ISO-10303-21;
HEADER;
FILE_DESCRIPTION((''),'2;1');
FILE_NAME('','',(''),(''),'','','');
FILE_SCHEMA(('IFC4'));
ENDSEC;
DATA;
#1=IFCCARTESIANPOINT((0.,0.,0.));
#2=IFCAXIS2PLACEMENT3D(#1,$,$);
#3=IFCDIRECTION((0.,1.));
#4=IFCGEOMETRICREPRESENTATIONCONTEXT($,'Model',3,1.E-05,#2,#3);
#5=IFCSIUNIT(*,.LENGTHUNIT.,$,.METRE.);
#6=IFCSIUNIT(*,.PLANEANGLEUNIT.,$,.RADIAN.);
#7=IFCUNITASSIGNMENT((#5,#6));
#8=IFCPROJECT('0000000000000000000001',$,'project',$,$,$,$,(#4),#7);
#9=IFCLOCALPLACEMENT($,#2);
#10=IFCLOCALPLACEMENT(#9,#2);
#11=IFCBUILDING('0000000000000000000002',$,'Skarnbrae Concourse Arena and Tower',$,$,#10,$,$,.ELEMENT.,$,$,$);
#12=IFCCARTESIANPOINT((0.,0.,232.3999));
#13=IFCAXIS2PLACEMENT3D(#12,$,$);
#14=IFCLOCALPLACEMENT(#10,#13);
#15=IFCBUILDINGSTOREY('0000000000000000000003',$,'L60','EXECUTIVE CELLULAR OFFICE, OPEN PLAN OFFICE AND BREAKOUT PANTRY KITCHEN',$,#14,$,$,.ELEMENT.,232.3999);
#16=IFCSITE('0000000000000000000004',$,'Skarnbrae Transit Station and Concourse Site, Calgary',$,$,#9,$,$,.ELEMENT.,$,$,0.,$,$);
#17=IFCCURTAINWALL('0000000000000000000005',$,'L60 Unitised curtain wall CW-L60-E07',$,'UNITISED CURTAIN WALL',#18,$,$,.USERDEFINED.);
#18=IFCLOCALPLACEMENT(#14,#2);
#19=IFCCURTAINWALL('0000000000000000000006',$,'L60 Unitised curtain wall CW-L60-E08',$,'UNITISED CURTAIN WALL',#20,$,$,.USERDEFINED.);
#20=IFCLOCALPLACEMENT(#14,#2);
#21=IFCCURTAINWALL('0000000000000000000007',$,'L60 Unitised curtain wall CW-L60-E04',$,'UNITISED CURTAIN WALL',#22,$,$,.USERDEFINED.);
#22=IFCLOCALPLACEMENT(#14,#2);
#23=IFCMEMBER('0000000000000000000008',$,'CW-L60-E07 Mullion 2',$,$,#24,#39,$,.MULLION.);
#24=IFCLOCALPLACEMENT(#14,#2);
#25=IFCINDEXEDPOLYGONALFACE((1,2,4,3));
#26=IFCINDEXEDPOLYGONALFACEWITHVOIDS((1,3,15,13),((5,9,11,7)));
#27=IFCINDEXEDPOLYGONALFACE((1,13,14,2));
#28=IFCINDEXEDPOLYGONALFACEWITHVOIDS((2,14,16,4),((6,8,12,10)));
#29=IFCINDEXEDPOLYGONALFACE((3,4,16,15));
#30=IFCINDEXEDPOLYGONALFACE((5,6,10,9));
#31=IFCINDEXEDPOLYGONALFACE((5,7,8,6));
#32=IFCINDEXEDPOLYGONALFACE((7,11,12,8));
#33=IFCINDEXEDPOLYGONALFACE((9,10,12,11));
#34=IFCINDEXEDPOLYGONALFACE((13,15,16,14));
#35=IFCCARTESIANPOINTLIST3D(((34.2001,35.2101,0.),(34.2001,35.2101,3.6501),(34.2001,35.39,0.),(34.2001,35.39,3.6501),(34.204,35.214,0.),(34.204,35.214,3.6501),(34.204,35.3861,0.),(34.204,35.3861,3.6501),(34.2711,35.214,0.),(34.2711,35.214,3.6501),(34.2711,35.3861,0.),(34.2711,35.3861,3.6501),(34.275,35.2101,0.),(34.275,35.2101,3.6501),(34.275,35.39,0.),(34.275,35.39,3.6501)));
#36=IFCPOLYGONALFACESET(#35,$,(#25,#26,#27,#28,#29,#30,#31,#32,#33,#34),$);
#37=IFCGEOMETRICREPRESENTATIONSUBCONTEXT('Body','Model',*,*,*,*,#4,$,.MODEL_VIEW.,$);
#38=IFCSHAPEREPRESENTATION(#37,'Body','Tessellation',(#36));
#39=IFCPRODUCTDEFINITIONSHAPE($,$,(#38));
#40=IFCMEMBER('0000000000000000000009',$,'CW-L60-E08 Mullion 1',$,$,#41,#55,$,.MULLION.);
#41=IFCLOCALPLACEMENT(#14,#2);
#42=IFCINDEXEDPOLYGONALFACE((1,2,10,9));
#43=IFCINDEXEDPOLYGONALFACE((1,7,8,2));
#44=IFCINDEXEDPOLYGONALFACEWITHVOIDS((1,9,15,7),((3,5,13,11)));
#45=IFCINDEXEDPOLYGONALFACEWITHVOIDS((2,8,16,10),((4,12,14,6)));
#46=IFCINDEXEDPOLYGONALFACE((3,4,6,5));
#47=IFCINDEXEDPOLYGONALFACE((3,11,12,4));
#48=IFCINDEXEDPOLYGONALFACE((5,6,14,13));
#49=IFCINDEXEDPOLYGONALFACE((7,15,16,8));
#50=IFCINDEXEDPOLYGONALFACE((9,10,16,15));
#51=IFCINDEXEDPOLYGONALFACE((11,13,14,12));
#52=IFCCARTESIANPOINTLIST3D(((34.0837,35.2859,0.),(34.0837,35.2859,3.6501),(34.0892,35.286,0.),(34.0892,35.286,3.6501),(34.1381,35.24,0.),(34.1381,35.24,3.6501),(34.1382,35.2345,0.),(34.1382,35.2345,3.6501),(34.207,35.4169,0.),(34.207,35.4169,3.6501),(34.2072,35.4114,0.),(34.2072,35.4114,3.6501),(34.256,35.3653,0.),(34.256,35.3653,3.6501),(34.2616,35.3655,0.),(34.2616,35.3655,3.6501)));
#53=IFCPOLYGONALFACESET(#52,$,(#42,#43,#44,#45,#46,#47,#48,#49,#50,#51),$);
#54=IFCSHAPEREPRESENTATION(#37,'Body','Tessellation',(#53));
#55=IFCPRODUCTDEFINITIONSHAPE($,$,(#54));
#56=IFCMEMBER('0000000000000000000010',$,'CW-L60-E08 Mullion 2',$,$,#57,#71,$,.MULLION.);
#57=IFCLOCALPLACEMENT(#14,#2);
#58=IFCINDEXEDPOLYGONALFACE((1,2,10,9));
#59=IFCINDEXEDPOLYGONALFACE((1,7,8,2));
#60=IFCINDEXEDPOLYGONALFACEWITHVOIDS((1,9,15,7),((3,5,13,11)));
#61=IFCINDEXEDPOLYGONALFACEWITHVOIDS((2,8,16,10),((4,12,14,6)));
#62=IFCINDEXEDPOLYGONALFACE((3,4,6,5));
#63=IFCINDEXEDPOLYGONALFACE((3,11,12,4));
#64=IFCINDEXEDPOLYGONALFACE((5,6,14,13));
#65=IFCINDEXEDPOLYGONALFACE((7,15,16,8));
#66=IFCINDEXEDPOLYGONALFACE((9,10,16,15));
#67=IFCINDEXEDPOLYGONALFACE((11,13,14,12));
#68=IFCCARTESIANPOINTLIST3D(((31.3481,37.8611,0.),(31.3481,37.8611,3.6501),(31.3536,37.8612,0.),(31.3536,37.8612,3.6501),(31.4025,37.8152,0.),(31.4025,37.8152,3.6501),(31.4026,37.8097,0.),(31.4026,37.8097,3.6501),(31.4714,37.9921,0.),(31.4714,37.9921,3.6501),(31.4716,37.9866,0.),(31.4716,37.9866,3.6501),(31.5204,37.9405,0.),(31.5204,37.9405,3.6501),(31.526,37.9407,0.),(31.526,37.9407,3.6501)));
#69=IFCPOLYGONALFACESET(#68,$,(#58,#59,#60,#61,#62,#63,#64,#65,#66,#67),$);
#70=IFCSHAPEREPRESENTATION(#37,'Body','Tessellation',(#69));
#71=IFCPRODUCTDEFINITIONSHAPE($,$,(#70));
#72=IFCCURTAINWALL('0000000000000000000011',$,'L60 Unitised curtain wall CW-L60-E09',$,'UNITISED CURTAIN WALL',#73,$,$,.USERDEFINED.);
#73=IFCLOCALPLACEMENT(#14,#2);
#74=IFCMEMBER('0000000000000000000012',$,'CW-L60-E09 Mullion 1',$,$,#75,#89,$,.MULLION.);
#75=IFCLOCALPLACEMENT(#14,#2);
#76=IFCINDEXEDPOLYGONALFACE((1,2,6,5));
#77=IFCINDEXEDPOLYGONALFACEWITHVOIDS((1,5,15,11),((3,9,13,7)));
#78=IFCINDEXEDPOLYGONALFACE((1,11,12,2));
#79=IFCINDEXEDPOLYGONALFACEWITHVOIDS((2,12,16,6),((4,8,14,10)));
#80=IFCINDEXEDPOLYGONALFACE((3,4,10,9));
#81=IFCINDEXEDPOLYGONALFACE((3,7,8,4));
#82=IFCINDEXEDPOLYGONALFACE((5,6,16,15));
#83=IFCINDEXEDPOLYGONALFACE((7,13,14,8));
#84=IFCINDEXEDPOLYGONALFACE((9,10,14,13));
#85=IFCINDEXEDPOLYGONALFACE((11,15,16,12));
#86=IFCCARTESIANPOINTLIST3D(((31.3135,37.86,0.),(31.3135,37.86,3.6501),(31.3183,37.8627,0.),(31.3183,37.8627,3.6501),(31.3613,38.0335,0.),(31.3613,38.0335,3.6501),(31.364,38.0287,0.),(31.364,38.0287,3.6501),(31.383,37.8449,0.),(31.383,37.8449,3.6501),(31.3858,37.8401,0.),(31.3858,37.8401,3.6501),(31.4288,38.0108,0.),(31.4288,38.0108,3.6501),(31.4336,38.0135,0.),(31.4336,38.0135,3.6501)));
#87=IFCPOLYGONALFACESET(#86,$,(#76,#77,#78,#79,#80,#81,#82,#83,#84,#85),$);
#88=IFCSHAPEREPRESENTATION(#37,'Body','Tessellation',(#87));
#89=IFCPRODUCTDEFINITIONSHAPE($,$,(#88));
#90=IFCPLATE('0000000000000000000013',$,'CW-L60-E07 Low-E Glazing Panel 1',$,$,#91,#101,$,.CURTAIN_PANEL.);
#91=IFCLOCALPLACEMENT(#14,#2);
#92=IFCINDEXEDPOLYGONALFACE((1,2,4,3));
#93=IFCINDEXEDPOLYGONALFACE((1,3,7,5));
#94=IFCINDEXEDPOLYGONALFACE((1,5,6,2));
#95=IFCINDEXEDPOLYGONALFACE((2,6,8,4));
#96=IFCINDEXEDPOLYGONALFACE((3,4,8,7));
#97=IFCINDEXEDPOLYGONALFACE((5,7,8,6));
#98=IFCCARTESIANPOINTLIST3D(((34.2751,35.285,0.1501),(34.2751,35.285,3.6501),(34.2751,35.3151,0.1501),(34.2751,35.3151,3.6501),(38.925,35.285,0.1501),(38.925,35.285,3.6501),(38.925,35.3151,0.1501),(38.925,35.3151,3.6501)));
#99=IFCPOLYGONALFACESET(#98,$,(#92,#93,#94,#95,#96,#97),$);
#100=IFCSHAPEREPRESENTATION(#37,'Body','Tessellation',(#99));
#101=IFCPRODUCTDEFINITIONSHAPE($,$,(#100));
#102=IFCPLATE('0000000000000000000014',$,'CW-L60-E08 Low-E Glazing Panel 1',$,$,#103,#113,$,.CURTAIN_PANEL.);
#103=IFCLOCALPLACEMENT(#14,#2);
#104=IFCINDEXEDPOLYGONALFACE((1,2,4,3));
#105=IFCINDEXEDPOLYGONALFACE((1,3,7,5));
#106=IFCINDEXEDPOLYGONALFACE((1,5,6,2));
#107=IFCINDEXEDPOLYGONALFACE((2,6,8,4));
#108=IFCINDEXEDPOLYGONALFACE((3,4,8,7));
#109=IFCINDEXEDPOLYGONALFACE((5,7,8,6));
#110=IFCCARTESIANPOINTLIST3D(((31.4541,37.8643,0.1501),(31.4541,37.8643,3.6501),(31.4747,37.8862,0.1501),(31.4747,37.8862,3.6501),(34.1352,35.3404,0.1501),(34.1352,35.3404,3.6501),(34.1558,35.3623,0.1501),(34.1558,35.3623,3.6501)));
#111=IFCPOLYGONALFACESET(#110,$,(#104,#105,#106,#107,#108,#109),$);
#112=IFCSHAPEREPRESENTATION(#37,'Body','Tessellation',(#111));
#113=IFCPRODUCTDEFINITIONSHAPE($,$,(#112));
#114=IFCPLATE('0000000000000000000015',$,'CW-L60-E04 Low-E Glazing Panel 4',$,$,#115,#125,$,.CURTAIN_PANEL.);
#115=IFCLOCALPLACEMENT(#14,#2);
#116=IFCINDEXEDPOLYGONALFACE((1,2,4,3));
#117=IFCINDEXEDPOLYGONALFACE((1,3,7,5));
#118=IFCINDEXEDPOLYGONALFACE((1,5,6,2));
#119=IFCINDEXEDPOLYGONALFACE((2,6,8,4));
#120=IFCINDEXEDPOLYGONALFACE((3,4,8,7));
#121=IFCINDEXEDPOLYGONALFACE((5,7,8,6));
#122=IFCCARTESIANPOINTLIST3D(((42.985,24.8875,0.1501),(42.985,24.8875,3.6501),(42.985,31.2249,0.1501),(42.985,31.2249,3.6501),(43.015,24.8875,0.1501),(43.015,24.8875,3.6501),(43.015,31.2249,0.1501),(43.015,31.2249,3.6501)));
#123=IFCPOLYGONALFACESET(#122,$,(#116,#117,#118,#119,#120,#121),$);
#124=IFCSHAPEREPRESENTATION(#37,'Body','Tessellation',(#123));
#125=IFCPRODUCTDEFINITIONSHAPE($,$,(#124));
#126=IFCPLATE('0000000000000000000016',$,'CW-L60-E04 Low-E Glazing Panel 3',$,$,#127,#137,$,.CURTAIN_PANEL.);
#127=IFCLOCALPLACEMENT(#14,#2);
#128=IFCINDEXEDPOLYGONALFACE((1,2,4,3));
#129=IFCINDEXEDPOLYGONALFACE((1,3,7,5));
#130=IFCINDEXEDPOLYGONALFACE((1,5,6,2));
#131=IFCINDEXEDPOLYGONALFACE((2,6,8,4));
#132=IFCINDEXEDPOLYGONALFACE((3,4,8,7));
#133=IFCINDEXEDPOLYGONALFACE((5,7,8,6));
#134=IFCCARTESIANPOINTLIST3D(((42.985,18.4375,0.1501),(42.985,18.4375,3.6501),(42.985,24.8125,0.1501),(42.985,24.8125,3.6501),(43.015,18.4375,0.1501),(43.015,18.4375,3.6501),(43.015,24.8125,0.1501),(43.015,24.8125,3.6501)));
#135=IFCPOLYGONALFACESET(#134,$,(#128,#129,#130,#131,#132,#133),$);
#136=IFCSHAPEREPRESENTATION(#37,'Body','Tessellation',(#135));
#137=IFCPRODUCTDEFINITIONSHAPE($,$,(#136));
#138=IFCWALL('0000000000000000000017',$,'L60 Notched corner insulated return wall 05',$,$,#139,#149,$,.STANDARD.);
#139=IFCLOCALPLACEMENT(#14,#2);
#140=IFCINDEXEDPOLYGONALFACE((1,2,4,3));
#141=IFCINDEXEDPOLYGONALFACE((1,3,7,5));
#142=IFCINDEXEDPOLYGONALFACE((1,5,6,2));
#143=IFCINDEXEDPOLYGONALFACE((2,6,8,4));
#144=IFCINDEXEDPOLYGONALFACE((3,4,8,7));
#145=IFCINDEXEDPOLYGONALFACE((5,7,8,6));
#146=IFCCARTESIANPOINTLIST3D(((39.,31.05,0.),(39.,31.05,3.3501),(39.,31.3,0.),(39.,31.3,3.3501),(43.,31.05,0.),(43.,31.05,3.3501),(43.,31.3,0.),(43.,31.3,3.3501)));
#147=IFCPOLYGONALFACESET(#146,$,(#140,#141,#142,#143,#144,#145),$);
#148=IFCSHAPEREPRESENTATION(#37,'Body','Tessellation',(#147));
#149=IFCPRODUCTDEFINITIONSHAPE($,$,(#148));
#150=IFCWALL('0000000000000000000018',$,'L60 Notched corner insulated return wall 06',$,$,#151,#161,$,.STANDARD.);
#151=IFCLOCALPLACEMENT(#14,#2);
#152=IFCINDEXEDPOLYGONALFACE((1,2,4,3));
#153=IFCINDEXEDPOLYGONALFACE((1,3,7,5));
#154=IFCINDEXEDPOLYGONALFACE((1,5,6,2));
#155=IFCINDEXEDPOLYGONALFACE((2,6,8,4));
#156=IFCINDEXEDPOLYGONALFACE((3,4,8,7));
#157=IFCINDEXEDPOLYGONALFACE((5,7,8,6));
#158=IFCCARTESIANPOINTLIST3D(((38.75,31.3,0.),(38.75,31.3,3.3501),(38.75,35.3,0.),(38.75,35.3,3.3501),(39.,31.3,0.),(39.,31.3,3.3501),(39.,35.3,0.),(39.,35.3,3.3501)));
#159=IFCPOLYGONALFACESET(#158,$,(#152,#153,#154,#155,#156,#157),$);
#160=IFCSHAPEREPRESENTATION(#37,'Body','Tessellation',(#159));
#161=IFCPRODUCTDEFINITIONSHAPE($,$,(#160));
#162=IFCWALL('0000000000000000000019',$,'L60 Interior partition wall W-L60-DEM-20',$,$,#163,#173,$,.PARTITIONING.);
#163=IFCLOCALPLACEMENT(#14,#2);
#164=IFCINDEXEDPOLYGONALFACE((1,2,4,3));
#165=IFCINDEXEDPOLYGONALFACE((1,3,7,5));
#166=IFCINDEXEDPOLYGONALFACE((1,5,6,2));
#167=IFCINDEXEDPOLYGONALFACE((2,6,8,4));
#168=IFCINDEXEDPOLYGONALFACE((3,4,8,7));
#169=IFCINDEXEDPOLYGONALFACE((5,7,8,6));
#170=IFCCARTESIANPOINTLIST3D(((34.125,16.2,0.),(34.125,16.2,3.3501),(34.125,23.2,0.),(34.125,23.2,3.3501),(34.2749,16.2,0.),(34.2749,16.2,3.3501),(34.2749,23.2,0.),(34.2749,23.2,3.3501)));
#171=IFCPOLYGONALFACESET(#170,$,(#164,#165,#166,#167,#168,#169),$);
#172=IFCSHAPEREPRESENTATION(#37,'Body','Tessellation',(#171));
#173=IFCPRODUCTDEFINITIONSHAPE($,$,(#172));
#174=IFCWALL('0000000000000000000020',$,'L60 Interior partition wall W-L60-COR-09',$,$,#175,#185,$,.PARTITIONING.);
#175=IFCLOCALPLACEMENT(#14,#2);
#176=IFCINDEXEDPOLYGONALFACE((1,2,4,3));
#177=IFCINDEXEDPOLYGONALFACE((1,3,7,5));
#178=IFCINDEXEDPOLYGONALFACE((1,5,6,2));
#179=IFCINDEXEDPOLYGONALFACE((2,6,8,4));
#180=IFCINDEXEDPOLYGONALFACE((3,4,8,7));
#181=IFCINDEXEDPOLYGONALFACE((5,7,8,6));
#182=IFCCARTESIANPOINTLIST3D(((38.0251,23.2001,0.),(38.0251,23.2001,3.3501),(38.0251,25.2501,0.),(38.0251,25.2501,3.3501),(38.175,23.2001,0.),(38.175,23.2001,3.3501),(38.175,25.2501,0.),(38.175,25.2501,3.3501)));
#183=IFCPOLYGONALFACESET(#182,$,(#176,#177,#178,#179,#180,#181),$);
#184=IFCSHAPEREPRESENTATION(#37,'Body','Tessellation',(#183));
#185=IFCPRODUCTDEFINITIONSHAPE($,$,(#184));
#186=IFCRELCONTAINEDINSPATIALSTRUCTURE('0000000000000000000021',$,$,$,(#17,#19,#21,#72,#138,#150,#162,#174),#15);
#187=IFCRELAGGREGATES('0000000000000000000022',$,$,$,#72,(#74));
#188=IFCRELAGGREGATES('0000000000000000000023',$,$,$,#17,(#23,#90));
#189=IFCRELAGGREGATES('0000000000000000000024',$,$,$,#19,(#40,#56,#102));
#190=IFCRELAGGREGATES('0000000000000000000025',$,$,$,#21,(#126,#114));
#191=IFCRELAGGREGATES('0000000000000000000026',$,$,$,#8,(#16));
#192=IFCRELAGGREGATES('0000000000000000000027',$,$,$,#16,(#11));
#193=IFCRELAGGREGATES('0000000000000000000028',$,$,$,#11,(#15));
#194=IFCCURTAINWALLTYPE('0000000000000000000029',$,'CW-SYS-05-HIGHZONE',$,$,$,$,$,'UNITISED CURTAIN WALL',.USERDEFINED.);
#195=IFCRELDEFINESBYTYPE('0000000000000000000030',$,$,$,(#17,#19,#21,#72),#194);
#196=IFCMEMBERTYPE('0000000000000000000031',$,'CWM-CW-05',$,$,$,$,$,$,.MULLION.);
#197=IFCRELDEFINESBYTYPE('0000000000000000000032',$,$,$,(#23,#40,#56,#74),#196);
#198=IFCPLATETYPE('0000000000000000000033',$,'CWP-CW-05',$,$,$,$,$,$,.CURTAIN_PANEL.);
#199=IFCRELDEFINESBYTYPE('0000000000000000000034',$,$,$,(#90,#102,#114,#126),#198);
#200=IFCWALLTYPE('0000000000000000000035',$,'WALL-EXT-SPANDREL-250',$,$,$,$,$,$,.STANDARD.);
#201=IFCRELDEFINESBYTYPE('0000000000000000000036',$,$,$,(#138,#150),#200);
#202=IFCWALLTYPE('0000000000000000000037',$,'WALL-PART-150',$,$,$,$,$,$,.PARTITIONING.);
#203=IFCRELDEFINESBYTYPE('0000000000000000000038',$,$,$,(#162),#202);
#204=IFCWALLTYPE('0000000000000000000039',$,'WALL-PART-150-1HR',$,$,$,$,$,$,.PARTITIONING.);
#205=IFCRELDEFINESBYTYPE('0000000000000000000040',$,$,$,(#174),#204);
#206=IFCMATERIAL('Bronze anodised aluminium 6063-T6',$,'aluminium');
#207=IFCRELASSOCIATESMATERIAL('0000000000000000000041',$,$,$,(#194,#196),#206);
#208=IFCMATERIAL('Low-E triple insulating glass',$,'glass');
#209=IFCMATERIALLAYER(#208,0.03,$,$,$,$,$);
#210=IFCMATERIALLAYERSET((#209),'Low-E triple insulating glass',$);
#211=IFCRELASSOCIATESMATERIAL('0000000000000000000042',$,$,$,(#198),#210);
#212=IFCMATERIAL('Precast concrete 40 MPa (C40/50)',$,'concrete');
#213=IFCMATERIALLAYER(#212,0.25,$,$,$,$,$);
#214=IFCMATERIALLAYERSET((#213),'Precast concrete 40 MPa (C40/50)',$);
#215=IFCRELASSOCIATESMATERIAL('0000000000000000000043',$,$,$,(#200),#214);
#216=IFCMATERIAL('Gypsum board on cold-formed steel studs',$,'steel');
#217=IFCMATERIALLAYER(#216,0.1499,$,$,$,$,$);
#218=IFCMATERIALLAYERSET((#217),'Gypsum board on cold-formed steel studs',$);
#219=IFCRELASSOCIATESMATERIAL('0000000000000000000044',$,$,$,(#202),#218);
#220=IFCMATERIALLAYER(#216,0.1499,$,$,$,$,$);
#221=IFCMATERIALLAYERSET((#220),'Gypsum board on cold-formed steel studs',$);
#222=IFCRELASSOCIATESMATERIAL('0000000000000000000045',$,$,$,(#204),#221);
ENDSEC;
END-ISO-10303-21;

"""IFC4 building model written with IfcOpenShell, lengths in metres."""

from ifc_helpers import new_model, si_unit, direction, frame, frame_2d, origin, origin_2d, place, context, subcontext, project, spatial, rectangle, hollow_rectangle, extrude, source, transform, mapped, material, layer, layer_set, material_profile, profile_set, type_object, element, aggregate, save


model = new_model("IFC4")

# Units and contexts
model_context = context("Model", 3, precision=1e-05, world=origin(), true_north=direction((0.0, 1.0)))
body_context = subcontext(model_context, "Body", "Model", "MODEL_VIEW")
ifc_project = project(units=[si_unit("LENGTHUNIT", "METRE"), si_unit("PLANEANGLEUNIT", "RADIAN")], contexts=[model_context])

# Site, building, storey
site_placement = place(None, origin())
site = spatial("IfcSite", under=ifc_project, at=site_placement, Name="Skarnbrae Transit Station and Concourse Site, Calgary", CompositionType="ELEMENT", RefElevation=0.0)
building_placement = place(site_placement, origin())
building = spatial("IfcBuilding", under=site, at=building_placement, Name="Skarnbrae Concourse Arena and Tower", CompositionType="ELEMENT")
storey_placement = place(building_placement, frame((0.0, 0.0, 232.3999)))
storey = spatial("IfcBuildingStorey", under=building, at=storey_placement, Name="L60", Description="EXECUTIVE CELLULAR OFFICE, OPEN PLAN OFFICE AND BREAKOUT PANTRY KITCHEN", CompositionType="ELEMENT", Elevation=232.3999)

# Curtain walls
ifc_material_1 = material(Name="Bronze anodised aluminium 6063-T6", Category="aluminium")
curtain_wall_type = type_object("IfcCurtainWallType", Name="CW-SYS-05-HIGHZONE", ElementType="UNITISED CURTAIN WALL", PredefinedType="USERDEFINED", material=ifc_material_1)
curtain_wall_1_placement = place(storey_placement, origin())
curtain_wall_1 = element("IfcCurtainWall", 1, at=curtain_wall_1_placement, inside=storey, type_object=curtain_wall_type, Name="L60 Unitised curtain wall CW-L60-E07", ObjectType="UNITISED CURTAIN WALL", PredefinedType="USERDEFINED")
curtain_wall_2_placement = place(storey_placement, origin())
curtain_wall_2 = element("IfcCurtainWall", 2, at=curtain_wall_2_placement, inside=storey, type_object=curtain_wall_type, Name="L60 Unitised curtain wall CW-L60-E08", ObjectType="UNITISED CURTAIN WALL", PredefinedType="USERDEFINED")

# Curtain wall
curtain_wall_3_placement = place(storey_placement, origin())
curtain_wall_3 = element("IfcCurtainWall", 3, at=curtain_wall_3_placement, inside=storey, type_object=curtain_wall_type, Name="L60 Unitised curtain wall CW-L60-E04", ObjectType="UNITISED CURTAIN WALL", PredefinedType="USERDEFINED")
ifc_material_profile_1 = material_profile(ifc_material_1, hollow_rectangle(XDim=0.075, YDim=0.1799, WallThickness=0.0039, at=origin_2d()), Name="ALU-MULL-75X180")
ifc_profile_set_1 = profile_set([ifc_material_profile_1], Name="Bronze anodised aluminium 6063-T6")
member_type_1 = type_object("IfcMemberType", Name="CWM-CW-05", PredefinedType="MULLION", material=ifc_profile_set_1)
shared_shape_1 = source(origin(), body_context, "Body", "SweptSolid", [
    extrude(hollow_rectangle(XDim=0.075, YDim=0.1799, WallThickness=0.0039, at=origin_2d()), origin(), (0.0, 0.0, 1.0), 3.6501),
])

# Members
member_1_placement = place(storey_placement, frame((34.2375, 35.3, 0.0), z_axis=(0.0, 0.0, 1.0), x_axis=(-1.0, 0.0, 0.0)))
member_1 = element("IfcMember", 4, at=member_1_placement, type_object=member_type_1, Name="CW-L60-E07 Mullion 2", PredefinedType="MULLION", context=body_context, shape_type="MappedRepresentation", body=[
    mapped(shared_shape_1, transform((0.0, 0.0, 0.0))),
])
member_2_placement = place(storey_placement, frame((34.1726, 35.3257, 0.0), z_axis=(0.0, 0.0, 1.0), x_axis=(-0.728131, 0.685438, 0.0)))
member_2 = element("IfcMember", 5, at=member_2_placement, type_object=member_type_1, Name="CW-L60-E08 Mullion 1", PredefinedType="MULLION", context=body_context, shape_type="MappedRepresentation", body=[
    mapped(shared_shape_1, transform((0.0, 0.0, 0.0))),
])
member_3_placement = place(storey_placement, frame((31.437, 37.9009, 0.0), z_axis=(0.0, 0.0, 1.0), x_axis=(-0.728131, 0.685438, 0.0)))
member_3 = element("IfcMember", 6, at=member_3_placement, type_object=member_type_1, Name="CW-L60-E08 Mullion 2", PredefinedType="MULLION", context=body_context, shape_type="MappedRepresentation", body=[
    mapped(shared_shape_1, transform((0.0, 0.0, 0.0))),
])

# Curtain wall, member
curtain_wall_4_placement = place(storey_placement, origin())
curtain_wall_4 = element("IfcCurtainWall", 7, at=curtain_wall_4_placement, inside=storey, type_object=curtain_wall_type, Name="L60 Unitised curtain wall CW-L60-E09", ObjectType="UNITISED CURTAIN WALL", PredefinedType="USERDEFINED")
member_4_placement = place(storey_placement, frame((31.3735, 37.9368, 0.0), z_axis=(0.0, 0.0, 1.0), x_axis=(-0.964057, 0.265694, 0.0)))
member_4 = element("IfcMember", 8, at=member_4_placement, type_object=member_type_1, Name="CW-L60-E09 Mullion 1", PredefinedType="MULLION", context=body_context, shape_type="MappedRepresentation", body=[
    mapped(shared_shape_1, transform((0.0, 0.0, 0.0))),
])
aggregate(curtain_wall_4, [member_4])

# Plates
ifc_material_2 = material(Name="Low-E triple insulating glass", Category="glass")
ifc_layer_1 = layer(ifc_material_2, 0.03)
ifc_layer_set_1 = layer_set([ifc_layer_1], Name="Low-E triple insulating glass")
plate_type = type_object("IfcPlateType", Name="CWP-CW-05", PredefinedType="CURTAIN_PANEL", material=ifc_layer_set_1)
shared_shape_2 = source(origin(), body_context, "Body", "SweptSolid", [
    extrude(rectangle(XDim=4.6499, YDim=0.03, at=origin_2d()), origin(), (0.0, 0.0, 1.0), 3.5),
])
plate_1_placement = place(storey_placement, frame((36.6001, 35.3, 0.1501), z_axis=(0.0, 0.0, 1.0), x_axis=(-1.0, 0.0, 0.0)))
plate_1 = element("IfcPlate", 9, at=plate_1_placement, type_object=plate_type, Name="CW-L60-E07 Low-E Glazing Panel 1", PredefinedType="CURTAIN_PANEL", context=body_context, shape_type="MappedRepresentation", body=[
    mapped(shared_shape_2, transform((0.0, 0.0, 0.0))),
])
aggregate(curtain_wall_1, [member_1, plate_1])
shared_shape_3 = source(origin(), body_context, "Body", "SweptSolid", [
    extrude(rectangle(XDim=3.6821, YDim=0.03, at=origin_2d()), origin(), (0.0, 0.0, 1.0), 3.5),
])
plate_2_placement = place(storey_placement, frame((32.8049, 36.6133, 0.1501), z_axis=(0.0, 0.0, 1.0), x_axis=(-0.728131, 0.685438, 0.0)))
plate_2 = element("IfcPlate", 10, at=plate_2_placement, type_object=plate_type, Name="CW-L60-E08 Low-E Glazing Panel 1", PredefinedType="CURTAIN_PANEL", context=body_context, shape_type="MappedRepresentation", body=[
    mapped(shared_shape_3, transform((0.0, 0.0, 0.0))),
])
aggregate(curtain_wall_2, [member_2, member_3, plate_2])
shared_shape_4 = source(origin(), body_context, "Body", "SweptSolid", [
    extrude(rectangle(XDim=6.3374, YDim=0.03, at=origin_2d()), origin(), (0.0, 0.0, 1.0), 3.5),
])
plate_3_placement = place(storey_placement, frame((43.0, 28.0562, 0.1501), z_axis=(0.0, 0.0, 1.0), x_axis=(0.0, 1.0, 0.0)))
plate_3 = element("IfcPlate", 11, at=plate_3_placement, type_object=plate_type, Name="CW-L60-E04 Low-E Glazing Panel 4", PredefinedType="CURTAIN_PANEL", context=body_context, shape_type="MappedRepresentation", body=[
    mapped(shared_shape_4, transform((0.0, 0.0, 0.0))),
])
shared_shape_5 = source(origin(), body_context, "Body", "SweptSolid", [
    extrude(rectangle(XDim=6.375, YDim=0.03, at=origin_2d()), origin(), (0.0, 0.0, 1.0), 3.5),
])
plate_4_placement = place(storey_placement, frame((43.0, 21.625, 0.1501), z_axis=(0.0, 0.0, 1.0), x_axis=(0.0, 1.0, 0.0)))
plate_4 = element("IfcPlate", 12, at=plate_4_placement, type_object=plate_type, Name="CW-L60-E04 Low-E Glazing Panel 3", PredefinedType="CURTAIN_PANEL", context=body_context, shape_type="MappedRepresentation", body=[
    mapped(shared_shape_5, transform((0.0, 0.0, 0.0))),
])
aggregate(curtain_wall_3, [plate_4, plate_3])

# Walls
ifc_material_3 = material(Name="Precast concrete 40 MPa (C40/50)", Category="concrete")
ifc_layer_2 = layer(ifc_material_3, 0.25)
ifc_layer_set_2 = layer_set([ifc_layer_2], Name="Precast concrete 40 MPa (C40/50)")
wall_type_1 = type_object("IfcWallType", Name="WALL-EXT-SPANDREL-250", PredefinedType="STANDARD", material=ifc_layer_set_2)
shared_shape_6 = source(origin(), body_context, "Body", "SweptSolid", [
    extrude(rectangle(XDim=4.0, YDim=0.25, at=frame_2d((2.0, 0.0))), origin(), (0.0, 0.0, 1.0), 3.3501),
])
for number, where, z_axis, x_axis, name in (
    (13, (43.0, 31.175, 0.0), (0.0, 0.0, 1.0), (-1.0, 0.0, 0.0), "L60 Notched corner insulated return wall 05"),
    (14, (38.875, 31.3, 0.0), (0.0, 0.0, 1.0), (0.0, 1.0, 0.0), "L60 Notched corner insulated return wall 06"),
):
    element("IfcWall", number, at=place(storey_placement, frame(where, z_axis=z_axis, x_axis=x_axis)), inside=storey, type_object=wall_type_1, Name=name, PredefinedType="STANDARD", context=body_context, shape_type="MappedRepresentation", body=[
        mapped(shared_shape_6, transform((0.0, 0.0, 0.0))),
    ])
ifc_material_4 = material(Name="Gypsum board on cold-formed steel studs", Category="steel")
ifc_layer_3 = layer(ifc_material_4, 0.1499)
ifc_layer_set_3 = layer_set([ifc_layer_3], Name="Gypsum board on cold-formed steel studs")
wall_type_2 = type_object("IfcWallType", Name="WALL-PART-150", PredefinedType="PARTITIONING", material=ifc_layer_set_3)
shared_shape_7 = source(origin(), body_context, "Body", "SweptSolid", [
    extrude(rectangle(XDim=7.0, YDim=0.1499, at=frame_2d((3.5, 0.0))), origin(), (0.0, 0.0, 1.0), 3.3501),
])
wall_1_placement = place(storey_placement, frame((34.2, 23.2, 0.0), z_axis=(0.0, 0.0, 1.0), x_axis=(0.0, -1.0, 0.0)))
element("IfcWall", 15, at=wall_1_placement, inside=storey, type_object=wall_type_2, Name="L60 Interior partition wall W-L60-DEM-20", PredefinedType="PARTITIONING", context=body_context, shape_type="MappedRepresentation", body=[
    mapped(shared_shape_7, transform((0.0, 0.0, 0.0))),
])
ifc_layer_4 = layer(ifc_material_4, 0.1499)
ifc_layer_set_4 = layer_set([ifc_layer_4], Name="Gypsum board on cold-formed steel studs")
wall_type_3 = type_object("IfcWallType", Name="WALL-PART-150-1HR", PredefinedType="PARTITIONING", material=ifc_layer_set_4)
shared_shape_8 = source(origin(), body_context, "Body", "SweptSolid", [
    extrude(rectangle(XDim=2.05, YDim=0.1499, at=frame_2d((1.0249, 0.0))), origin(), (0.0, 0.0, 1.0), 3.3501),
])
wall_2_placement = place(storey_placement, frame((38.1001, 25.25, 0.0), z_axis=(0.0, 0.0, 1.0), x_axis=(0.0, -1.0, 0.0)))
element("IfcWall", 16, at=wall_2_placement, inside=storey, type_object=wall_type_3, Name="L60 Interior partition wall W-L60-COR-09", PredefinedType="PARTITIONING", context=body_context, shape_type="MappedRepresentation", body=[
    mapped(shared_shape_8, transform((0.0, 0.0, 0.0))),
])

save(model, "model.ifc")
